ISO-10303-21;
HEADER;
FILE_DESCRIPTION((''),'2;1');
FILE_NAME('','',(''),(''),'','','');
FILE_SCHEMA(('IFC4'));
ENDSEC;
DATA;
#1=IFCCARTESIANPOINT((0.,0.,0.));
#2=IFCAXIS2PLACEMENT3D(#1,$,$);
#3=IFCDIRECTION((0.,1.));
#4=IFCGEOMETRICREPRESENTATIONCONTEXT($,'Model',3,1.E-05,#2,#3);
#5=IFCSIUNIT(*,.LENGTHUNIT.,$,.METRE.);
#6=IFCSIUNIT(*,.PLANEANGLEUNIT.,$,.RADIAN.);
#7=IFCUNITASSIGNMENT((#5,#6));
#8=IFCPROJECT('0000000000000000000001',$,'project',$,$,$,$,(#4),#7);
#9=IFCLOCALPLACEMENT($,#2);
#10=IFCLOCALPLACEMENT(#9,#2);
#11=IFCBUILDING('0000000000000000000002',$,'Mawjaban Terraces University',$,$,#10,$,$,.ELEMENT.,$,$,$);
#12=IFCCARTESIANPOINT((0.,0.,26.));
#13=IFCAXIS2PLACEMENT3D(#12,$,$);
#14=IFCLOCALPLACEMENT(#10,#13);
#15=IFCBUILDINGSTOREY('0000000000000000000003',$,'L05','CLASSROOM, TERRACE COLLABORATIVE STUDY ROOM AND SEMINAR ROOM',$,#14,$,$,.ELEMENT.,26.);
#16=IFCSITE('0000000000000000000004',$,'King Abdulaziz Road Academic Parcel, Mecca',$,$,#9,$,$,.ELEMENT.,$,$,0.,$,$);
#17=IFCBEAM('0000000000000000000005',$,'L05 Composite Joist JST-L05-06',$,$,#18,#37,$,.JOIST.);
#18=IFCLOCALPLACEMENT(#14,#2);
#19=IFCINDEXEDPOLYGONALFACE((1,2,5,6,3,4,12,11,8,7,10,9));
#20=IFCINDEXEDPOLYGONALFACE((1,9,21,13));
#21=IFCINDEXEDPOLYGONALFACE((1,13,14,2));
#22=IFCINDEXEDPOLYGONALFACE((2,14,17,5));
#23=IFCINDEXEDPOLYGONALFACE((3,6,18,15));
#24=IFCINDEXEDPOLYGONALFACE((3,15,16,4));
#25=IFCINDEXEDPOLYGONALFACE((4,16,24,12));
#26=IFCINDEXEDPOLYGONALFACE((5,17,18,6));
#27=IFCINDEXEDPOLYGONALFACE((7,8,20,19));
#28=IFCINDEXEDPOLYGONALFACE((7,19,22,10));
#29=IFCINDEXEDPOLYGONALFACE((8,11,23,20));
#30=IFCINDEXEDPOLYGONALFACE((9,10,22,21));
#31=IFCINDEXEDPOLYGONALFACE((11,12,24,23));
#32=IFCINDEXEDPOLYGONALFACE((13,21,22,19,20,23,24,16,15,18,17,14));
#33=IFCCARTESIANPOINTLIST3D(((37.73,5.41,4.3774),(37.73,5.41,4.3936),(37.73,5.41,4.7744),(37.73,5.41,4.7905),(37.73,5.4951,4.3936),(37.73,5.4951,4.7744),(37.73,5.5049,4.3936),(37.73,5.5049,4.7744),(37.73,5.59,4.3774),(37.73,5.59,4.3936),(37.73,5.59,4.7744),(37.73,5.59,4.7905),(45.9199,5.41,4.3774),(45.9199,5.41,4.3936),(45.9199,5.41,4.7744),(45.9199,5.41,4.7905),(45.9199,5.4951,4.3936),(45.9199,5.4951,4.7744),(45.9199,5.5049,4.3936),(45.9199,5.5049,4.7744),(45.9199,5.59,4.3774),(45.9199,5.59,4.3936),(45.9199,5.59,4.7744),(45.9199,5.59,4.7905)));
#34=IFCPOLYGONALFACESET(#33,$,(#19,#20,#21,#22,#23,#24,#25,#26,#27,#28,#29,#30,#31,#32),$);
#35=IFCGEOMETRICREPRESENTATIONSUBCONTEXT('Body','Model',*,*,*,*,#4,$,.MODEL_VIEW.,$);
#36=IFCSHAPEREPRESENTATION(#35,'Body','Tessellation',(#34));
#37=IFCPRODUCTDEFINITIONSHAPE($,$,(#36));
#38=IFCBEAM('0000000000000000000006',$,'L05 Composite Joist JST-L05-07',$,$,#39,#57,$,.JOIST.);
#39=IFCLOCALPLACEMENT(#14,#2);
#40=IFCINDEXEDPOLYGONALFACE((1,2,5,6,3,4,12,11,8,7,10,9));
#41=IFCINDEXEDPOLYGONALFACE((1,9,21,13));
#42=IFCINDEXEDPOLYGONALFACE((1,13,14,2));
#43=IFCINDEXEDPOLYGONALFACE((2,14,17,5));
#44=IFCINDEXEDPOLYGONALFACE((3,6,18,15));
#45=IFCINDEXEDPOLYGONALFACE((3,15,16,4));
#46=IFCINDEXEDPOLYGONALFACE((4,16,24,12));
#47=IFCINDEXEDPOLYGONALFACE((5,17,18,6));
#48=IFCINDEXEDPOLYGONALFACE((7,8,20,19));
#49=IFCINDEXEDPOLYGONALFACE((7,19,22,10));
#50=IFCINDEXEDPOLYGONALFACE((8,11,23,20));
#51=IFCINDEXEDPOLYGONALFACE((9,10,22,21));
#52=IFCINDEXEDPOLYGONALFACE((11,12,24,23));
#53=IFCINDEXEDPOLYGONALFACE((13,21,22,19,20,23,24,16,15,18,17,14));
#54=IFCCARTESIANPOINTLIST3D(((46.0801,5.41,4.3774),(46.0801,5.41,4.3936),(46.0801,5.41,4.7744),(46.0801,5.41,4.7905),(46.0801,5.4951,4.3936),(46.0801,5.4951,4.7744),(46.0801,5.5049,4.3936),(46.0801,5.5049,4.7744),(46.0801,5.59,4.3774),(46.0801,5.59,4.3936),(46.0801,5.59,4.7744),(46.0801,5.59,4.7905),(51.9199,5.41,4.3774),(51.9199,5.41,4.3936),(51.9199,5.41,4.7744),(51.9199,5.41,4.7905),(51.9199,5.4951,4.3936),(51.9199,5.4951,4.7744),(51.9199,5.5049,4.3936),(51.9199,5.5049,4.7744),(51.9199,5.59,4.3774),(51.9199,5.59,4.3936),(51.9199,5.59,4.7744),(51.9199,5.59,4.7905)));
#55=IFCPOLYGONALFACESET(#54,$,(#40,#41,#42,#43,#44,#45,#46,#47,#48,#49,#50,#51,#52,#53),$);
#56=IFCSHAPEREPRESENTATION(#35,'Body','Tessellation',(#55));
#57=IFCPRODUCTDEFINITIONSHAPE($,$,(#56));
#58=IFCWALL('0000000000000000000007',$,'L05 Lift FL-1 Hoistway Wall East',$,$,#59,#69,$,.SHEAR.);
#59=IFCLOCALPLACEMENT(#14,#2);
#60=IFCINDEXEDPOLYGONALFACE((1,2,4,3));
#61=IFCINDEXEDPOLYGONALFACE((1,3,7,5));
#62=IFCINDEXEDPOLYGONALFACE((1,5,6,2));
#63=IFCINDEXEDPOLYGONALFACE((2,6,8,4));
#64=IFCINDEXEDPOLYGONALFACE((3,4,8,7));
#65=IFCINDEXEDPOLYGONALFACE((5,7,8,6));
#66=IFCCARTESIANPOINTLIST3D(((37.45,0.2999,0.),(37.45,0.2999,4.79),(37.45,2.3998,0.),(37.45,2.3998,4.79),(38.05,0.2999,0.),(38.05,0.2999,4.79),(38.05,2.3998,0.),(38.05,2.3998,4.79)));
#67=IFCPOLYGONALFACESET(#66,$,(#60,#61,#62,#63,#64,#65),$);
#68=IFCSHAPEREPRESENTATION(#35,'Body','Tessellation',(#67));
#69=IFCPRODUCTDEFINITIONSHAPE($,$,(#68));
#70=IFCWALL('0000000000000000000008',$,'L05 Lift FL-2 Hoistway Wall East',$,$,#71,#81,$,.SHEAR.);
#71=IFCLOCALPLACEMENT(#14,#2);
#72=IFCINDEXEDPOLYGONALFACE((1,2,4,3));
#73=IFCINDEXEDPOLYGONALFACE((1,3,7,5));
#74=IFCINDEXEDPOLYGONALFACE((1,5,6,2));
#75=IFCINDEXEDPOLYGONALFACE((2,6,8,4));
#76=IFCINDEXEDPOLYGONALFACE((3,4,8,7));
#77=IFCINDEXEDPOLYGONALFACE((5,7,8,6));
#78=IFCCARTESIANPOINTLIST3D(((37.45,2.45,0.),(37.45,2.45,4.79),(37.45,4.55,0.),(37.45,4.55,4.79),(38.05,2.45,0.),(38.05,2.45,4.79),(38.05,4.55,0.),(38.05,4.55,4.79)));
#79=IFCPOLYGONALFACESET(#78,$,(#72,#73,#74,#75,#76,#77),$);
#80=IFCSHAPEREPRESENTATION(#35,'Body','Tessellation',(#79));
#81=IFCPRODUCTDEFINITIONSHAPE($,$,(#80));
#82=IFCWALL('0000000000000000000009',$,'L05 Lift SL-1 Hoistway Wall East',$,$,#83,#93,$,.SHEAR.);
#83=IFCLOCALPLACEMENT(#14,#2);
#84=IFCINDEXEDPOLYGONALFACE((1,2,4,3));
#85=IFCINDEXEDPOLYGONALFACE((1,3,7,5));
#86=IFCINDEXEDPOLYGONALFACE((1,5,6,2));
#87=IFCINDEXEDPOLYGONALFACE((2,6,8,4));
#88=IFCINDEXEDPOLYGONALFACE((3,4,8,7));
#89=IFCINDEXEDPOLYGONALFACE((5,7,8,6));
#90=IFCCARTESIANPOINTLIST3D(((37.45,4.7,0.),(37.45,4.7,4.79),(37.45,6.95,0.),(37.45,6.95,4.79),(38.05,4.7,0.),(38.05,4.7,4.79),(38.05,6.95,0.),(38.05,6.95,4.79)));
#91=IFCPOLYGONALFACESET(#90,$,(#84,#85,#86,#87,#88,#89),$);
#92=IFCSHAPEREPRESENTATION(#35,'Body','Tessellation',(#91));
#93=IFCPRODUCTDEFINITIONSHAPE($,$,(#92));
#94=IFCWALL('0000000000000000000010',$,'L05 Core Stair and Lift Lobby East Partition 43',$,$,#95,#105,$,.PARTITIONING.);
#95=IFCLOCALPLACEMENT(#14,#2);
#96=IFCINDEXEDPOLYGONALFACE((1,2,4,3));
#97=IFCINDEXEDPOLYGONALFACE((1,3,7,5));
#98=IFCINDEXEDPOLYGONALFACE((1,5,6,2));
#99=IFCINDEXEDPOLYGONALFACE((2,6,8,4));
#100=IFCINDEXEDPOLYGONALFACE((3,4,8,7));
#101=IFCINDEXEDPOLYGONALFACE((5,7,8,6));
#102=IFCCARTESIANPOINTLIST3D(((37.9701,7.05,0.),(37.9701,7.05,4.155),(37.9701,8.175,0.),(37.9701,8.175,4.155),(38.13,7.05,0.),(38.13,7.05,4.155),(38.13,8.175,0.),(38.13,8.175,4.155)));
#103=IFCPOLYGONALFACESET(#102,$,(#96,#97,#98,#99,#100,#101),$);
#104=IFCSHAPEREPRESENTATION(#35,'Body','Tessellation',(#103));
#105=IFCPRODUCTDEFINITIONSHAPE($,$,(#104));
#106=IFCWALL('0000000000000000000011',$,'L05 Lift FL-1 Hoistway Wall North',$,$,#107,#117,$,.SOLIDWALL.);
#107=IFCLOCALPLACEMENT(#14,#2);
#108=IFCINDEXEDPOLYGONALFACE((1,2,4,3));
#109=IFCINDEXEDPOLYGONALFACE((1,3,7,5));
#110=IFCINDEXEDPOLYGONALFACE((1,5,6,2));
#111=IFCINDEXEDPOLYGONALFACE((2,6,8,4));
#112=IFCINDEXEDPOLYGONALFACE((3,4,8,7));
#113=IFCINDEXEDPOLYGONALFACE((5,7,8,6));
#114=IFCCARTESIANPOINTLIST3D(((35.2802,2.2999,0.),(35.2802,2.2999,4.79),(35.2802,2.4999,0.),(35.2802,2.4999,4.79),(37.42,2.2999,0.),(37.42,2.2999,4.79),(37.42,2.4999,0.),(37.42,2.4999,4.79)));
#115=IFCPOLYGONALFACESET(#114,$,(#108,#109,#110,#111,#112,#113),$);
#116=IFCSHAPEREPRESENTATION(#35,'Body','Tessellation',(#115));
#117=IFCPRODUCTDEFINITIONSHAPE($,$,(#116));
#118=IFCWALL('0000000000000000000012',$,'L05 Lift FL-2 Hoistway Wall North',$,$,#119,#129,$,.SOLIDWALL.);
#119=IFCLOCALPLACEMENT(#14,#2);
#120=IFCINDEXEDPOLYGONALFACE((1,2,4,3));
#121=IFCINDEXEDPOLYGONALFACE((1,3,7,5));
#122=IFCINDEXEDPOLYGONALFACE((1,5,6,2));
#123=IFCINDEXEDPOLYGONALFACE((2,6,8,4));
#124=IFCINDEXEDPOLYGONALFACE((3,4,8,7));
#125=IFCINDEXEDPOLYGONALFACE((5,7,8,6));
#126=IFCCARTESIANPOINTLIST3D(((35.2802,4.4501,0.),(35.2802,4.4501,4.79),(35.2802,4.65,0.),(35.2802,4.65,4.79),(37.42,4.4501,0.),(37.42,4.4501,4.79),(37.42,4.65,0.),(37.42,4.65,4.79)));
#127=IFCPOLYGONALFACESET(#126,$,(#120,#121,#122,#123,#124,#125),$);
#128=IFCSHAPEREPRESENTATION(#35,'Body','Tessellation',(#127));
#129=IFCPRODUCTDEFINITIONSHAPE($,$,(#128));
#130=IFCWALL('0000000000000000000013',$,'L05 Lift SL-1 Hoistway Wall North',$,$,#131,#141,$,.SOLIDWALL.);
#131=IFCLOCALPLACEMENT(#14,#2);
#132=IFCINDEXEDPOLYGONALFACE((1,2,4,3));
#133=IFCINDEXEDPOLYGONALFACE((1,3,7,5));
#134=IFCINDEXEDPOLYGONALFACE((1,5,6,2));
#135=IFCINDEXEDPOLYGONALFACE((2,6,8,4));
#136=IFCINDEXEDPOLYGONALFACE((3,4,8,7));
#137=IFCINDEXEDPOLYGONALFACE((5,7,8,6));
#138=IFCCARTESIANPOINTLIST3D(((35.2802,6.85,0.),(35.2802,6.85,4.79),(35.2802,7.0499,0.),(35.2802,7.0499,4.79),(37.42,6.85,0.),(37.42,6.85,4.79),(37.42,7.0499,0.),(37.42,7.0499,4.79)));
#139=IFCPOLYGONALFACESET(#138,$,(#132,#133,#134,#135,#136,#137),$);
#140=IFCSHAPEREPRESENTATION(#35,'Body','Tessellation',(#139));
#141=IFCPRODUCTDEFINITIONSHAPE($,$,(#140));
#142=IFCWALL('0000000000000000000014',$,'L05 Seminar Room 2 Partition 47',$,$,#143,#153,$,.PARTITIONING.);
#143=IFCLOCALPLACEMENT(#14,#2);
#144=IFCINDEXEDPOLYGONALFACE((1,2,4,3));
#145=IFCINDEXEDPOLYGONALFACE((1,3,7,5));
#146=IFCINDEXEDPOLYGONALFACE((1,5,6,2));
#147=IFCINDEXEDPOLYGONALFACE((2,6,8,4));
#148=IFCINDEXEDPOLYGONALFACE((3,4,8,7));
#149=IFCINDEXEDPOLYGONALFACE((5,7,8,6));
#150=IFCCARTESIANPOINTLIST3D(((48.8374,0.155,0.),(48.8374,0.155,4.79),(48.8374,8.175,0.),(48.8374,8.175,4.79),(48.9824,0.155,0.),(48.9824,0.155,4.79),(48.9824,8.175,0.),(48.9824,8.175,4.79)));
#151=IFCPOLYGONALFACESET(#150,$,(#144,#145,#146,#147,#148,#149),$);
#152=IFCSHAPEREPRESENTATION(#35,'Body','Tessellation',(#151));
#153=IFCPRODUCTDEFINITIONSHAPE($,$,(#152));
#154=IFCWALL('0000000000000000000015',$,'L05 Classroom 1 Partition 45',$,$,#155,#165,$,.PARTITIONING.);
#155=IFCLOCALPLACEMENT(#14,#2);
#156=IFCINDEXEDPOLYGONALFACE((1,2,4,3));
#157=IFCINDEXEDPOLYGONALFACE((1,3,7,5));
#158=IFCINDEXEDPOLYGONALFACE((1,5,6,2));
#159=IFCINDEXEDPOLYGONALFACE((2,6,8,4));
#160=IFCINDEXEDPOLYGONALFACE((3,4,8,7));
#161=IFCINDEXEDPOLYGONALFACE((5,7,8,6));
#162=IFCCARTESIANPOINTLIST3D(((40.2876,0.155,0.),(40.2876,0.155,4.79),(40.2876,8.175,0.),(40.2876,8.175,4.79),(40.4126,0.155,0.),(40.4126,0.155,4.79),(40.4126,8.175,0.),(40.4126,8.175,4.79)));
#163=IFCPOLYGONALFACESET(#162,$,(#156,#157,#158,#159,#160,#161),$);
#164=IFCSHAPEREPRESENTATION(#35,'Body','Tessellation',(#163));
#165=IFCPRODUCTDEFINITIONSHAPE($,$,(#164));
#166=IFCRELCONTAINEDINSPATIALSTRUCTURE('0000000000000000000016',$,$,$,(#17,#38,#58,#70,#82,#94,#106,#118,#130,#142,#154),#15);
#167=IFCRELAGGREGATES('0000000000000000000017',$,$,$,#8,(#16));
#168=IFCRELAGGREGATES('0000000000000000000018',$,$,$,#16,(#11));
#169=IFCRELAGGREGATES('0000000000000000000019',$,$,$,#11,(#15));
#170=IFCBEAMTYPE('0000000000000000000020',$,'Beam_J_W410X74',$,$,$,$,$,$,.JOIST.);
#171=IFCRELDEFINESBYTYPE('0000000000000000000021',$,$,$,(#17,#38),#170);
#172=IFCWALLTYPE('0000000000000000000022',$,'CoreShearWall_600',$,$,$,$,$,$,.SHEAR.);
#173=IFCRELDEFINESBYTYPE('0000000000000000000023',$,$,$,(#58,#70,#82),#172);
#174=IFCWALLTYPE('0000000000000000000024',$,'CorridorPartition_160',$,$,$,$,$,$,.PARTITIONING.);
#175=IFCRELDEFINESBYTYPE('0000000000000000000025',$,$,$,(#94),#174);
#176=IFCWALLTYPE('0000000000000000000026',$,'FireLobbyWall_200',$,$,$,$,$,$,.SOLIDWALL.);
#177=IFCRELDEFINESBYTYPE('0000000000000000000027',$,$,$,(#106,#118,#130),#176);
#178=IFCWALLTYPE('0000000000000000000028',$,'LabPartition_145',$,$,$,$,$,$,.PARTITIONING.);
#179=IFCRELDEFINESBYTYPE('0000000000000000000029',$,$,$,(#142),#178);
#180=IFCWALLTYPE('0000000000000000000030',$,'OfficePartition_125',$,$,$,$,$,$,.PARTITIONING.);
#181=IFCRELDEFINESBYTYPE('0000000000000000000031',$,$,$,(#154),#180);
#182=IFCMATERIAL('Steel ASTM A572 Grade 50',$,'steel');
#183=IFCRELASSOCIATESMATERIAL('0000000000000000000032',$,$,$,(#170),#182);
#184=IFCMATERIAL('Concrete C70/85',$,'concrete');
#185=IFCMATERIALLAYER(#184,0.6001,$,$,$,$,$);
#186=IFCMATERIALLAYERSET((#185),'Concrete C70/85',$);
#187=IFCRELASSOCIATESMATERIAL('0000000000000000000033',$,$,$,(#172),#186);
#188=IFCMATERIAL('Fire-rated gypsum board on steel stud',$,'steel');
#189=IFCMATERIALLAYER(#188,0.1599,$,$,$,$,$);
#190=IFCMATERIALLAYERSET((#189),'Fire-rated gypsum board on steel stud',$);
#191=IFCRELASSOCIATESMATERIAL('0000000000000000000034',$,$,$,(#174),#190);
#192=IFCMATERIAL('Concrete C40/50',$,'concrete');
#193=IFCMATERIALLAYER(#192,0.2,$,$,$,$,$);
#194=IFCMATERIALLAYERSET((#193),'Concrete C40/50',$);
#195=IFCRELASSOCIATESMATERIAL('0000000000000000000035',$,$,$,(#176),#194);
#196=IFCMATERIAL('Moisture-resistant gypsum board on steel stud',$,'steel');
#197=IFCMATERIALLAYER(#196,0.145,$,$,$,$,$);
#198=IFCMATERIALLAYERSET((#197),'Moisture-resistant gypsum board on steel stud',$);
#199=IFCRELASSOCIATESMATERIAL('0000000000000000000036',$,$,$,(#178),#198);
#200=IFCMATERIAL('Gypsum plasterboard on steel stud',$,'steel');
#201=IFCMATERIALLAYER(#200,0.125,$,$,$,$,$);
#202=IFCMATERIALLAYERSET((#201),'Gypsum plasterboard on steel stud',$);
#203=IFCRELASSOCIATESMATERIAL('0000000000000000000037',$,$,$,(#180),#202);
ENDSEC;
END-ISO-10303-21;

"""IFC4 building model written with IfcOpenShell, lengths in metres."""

from ifc_helpers import new_model, si_unit, direction, frame, frame_2d, origin, origin_2d, place, context, subcontext, project, spatial, rectangle, i_section, extrude, material, layer, layer_set, material_profile, profile_set, type_object, element, save


model = new_model("IFC4")

# Units and contexts
model_context = context("Model", 3, precision=1e-05, world=origin(), true_north=direction((0.0, 1.0)))
body_context = subcontext(model_context, "Body", "Model", "MODEL_VIEW")
ifc_project = project(units=[si_unit("LENGTHUNIT", "METRE"), si_unit("PLANEANGLEUNIT", "RADIAN")], contexts=[model_context])

# Site, building, storey
site_placement = place(None, origin())
site = spatial("IfcSite", under=ifc_project, at=site_placement, Name="King Abdulaziz Road Academic Parcel, Mecca", CompositionType="ELEMENT", RefElevation=0.0)
building_placement = place(site_placement, origin())
building = spatial("IfcBuilding", under=site, at=building_placement, Name="Mawjaban Terraces University", CompositionType="ELEMENT")
storey_placement = place(building_placement, frame((0.0, 0.0, 26.0)))
storey = spatial("IfcBuildingStorey", under=building, at=storey_placement, Name="L05", Description="CLASSROOM, TERRACE COLLABORATIVE STUDY ROOM AND SEMINAR ROOM", CompositionType="ELEMENT", Elevation=26.0)

# Shared definitions
ifc_material_1 = material(Name="Concrete C70/85", Category="concrete")

# Beams
ifc_material_2 = material(Name="Steel ASTM A572 Grade 50", Category="steel")
ifc_material_profile_1 = material_profile(ifc_material_2, i_section(OverallWidth=0.1799, OverallDepth=0.4131, WebThickness=0.0098, FlangeThickness=0.0161, at=origin_2d()), Name="W410X74")
ifc_profile_set_1 = profile_set([ifc_material_profile_1], Name="Steel ASTM A572 Grade 50")
beam_type_1 = type_object("IfcBeamType", Name="Beam_J_W410X74", PredefinedType="JOIST", material=ifc_profile_set_1)
beam_1_placement = place(storey_placement, frame((37.73, 5.5, 4.584), z_axis=(1.0, 0.0, 0.0), x_axis=(0.0, 1.0, 0.0)))
element("IfcBeam", 1, at=beam_1_placement, inside=storey, type_object=beam_type_1, Name="L05 Composite Joist JST-L05-06", PredefinedType="JOIST", context=body_context, shape_type="SweptSolid", body=[
    extrude(i_section(OverallWidth=0.1799, OverallDepth=0.4131, WebThickness=0.0098, FlangeThickness=0.0161, at=origin_2d()), origin(), (0.0, 0.0, 1.0), 8.1899),
])
beam_2_placement = place(storey_placement, frame((46.0801, 5.5, 4.584), z_axis=(1.0, 0.0, 0.0), x_axis=(0.0, 1.0, 0.0)))
element("IfcBeam", 2, at=beam_2_placement, inside=storey, type_object=beam_type_1, Name="L05 Composite Joist JST-L05-07", PredefinedType="JOIST", context=body_context, shape_type="SweptSolid", body=[
    extrude(i_section(OverallWidth=0.1799, OverallDepth=0.4131, WebThickness=0.0098, FlangeThickness=0.0161, at=origin_2d()), origin(), (0.0, 0.0, 1.0), 5.8398),
])

# Walls
ifc_layer_1 = layer(ifc_material_1, 0.6001)
ifc_layer_set_1 = layer_set([ifc_layer_1], Name="Concrete C70/85")
wall_type_1 = type_object("IfcWallType", Name="CoreShearWall_600", PredefinedType="SHEAR", material=ifc_layer_set_1)
wall_1_placement = place(storey_placement, frame((37.75, 0.3, 0.0), z_axis=(0.0, 0.0, 1.0), x_axis=(0.0, 1.0, 0.0)))
element("IfcWall", 3, at=wall_1_placement, inside=storey, type_object=wall_type_1, Name="L05 Lift FL-1 Hoistway Wall East", PredefinedType="SHEAR", context=body_context, shape_type="SweptSolid", body=[
    extrude(rectangle(XDim=2.0999, YDim=0.6001, at=frame_2d((1.0498, 0.0))), origin(), (0.0, 0.0, 1.0), 4.79),
])
wall_2_placement = place(storey_placement, frame((37.75, 2.45, 0.0), z_axis=(0.0, 0.0, 1.0), x_axis=(0.0, 1.0, 0.0)))
element("IfcWall", 4, at=wall_2_placement, inside=storey, type_object=wall_type_1, Name="L05 Lift FL-2 Hoistway Wall East", PredefinedType="SHEAR", context=body_context, shape_type="SweptSolid", body=[
    extrude(rectangle(XDim=2.1001, YDim=0.6001, at=frame_2d((1.05, 0.0))), origin(), (0.0, 0.0, 1.0), 4.79),
])
wall_3_placement = place(storey_placement, frame((37.75, 4.7, 0.0), z_axis=(0.0, 0.0, 1.0), x_axis=(0.0, 1.0, 0.0)))
element("IfcWall", 5, at=wall_3_placement, inside=storey, type_object=wall_type_1, Name="L05 Lift SL-1 Hoistway Wall East", PredefinedType="SHEAR", context=body_context, shape_type="SweptSolid", body=[
    extrude(rectangle(XDim=2.25, YDim=0.6001, at=frame_2d((1.125, 0.0))), origin(), (0.0, 0.0, 1.0), 4.79),
])
ifc_material_3 = material(Name="Fire-rated gypsum board on steel stud", Category="steel")
ifc_layer_2 = layer(ifc_material_3, 0.1599)
ifc_layer_set_2 = layer_set([ifc_layer_2], Name="Fire-rated gypsum board on steel stud")
wall_type_2 = type_object("IfcWallType", Name="CorridorPartition_160", PredefinedType="PARTITIONING", material=ifc_layer_set_2)
wall_4_placement = place(storey_placement, frame((38.05, 7.05, 0.0), z_axis=(0.0, 0.0, 1.0), x_axis=(0.0, 1.0, 0.0)))
element("IfcWall", 6, at=wall_4_placement, inside=storey, type_object=wall_type_2, Name="L05 Core Stair and Lift Lobby East Partition 43", PredefinedType="PARTITIONING", context=body_context, shape_type="SweptSolid", body=[
    extrude(rectangle(XDim=1.125, YDim=0.1599, at=frame_2d((0.5625, 0.0))), origin(), (0.0, 0.0, 1.0), 4.155),
])
ifc_material_4 = material(Name="Concrete C40/50", Category="concrete")
ifc_layer_3 = layer(ifc_material_4, 0.2)
ifc_layer_set_3 = layer_set([ifc_layer_3], Name="Concrete C40/50")
wall_type_3 = type_object("IfcWallType", Name="FireLobbyWall_200", PredefinedType="SOLIDWALL", material=ifc_layer_set_3)
for number, where, z_axis, x_axis, name in (
    (7, (37.4199, 2.3999, 0.0), (0.0, 0.0, 1.0), (-1.0, 0.0, 0.0), "L05 Lift FL-1 Hoistway Wall North"),
    (8, (37.4199, 4.55, 0.0), (0.0, 0.0, 1.0), (-1.0, 0.0, 0.0), "L05 Lift FL-2 Hoistway Wall North"),
    (9, (37.4199, 6.95, 0.0), (0.0, 0.0, 1.0), (-1.0, 0.0, 0.0), "L05 Lift SL-1 Hoistway Wall North"),
):
    element("IfcWall", number, at=place(storey_placement, frame(where, z_axis=z_axis, x_axis=x_axis)), inside=storey, type_object=wall_type_3, Name=name, PredefinedType="SOLIDWALL", context=body_context, shape_type="SweptSolid", body=[
        extrude(rectangle(XDim=2.1399, YDim=0.2, at=frame_2d((1.0698, 0.0))), origin(), (0.0, 0.0, 1.0), 4.79),
    ])
ifc_material_5 = material(Name="Moisture-resistant gypsum board on steel stud", Category="steel")
ifc_layer_4 = layer(ifc_material_5, 0.145)
ifc_layer_set_4 = layer_set([ifc_layer_4], Name="Moisture-resistant gypsum board on steel stud")
wall_type_4 = type_object("IfcWallType", Name="LabPartition_145", PredefinedType="PARTITIONING", material=ifc_layer_set_4)
wall_5_placement = place(storey_placement, frame((48.9099, 0.155, 0.0), z_axis=(0.0, 0.0, 1.0), x_axis=(0.0, 1.0, 0.0)))
element("IfcWall", 10, at=wall_5_placement, inside=storey, type_object=wall_type_4, Name="L05 Seminar Room 2 Partition 47", PredefinedType="PARTITIONING", context=body_context, shape_type="SweptSolid", body=[
    extrude(rectangle(XDim=8.02, YDim=0.145, at=frame_2d((4.01, 0.0))), origin(), (0.0, 0.0, 1.0), 4.79),
])
ifc_material_6 = material(Name="Gypsum plasterboard on steel stud", Category="steel")
ifc_layer_5 = layer(ifc_material_6, 0.125)
ifc_layer_set_5 = layer_set([ifc_layer_5], Name="Gypsum plasterboard on steel stud")
wall_type_5 = type_object("IfcWallType", Name="OfficePartition_125", PredefinedType="PARTITIONING", material=ifc_layer_set_5)
wall_6_placement = place(storey_placement, frame((40.3501, 0.155, 0.0), z_axis=(0.0, 0.0, 1.0), x_axis=(0.0, 1.0, 0.0)))
element("IfcWall", 11, at=wall_6_placement, inside=storey, type_object=wall_type_5, Name="L05 Classroom 1 Partition 45", PredefinedType="PARTITIONING", context=body_context, shape_type="SweptSolid", body=[
    extrude(rectangle(XDim=8.02, YDim=0.125, at=frame_2d((4.01, 0.0))), origin(), (0.0, 0.0, 1.0), 4.79),
])

save(model, "model.ifc")
